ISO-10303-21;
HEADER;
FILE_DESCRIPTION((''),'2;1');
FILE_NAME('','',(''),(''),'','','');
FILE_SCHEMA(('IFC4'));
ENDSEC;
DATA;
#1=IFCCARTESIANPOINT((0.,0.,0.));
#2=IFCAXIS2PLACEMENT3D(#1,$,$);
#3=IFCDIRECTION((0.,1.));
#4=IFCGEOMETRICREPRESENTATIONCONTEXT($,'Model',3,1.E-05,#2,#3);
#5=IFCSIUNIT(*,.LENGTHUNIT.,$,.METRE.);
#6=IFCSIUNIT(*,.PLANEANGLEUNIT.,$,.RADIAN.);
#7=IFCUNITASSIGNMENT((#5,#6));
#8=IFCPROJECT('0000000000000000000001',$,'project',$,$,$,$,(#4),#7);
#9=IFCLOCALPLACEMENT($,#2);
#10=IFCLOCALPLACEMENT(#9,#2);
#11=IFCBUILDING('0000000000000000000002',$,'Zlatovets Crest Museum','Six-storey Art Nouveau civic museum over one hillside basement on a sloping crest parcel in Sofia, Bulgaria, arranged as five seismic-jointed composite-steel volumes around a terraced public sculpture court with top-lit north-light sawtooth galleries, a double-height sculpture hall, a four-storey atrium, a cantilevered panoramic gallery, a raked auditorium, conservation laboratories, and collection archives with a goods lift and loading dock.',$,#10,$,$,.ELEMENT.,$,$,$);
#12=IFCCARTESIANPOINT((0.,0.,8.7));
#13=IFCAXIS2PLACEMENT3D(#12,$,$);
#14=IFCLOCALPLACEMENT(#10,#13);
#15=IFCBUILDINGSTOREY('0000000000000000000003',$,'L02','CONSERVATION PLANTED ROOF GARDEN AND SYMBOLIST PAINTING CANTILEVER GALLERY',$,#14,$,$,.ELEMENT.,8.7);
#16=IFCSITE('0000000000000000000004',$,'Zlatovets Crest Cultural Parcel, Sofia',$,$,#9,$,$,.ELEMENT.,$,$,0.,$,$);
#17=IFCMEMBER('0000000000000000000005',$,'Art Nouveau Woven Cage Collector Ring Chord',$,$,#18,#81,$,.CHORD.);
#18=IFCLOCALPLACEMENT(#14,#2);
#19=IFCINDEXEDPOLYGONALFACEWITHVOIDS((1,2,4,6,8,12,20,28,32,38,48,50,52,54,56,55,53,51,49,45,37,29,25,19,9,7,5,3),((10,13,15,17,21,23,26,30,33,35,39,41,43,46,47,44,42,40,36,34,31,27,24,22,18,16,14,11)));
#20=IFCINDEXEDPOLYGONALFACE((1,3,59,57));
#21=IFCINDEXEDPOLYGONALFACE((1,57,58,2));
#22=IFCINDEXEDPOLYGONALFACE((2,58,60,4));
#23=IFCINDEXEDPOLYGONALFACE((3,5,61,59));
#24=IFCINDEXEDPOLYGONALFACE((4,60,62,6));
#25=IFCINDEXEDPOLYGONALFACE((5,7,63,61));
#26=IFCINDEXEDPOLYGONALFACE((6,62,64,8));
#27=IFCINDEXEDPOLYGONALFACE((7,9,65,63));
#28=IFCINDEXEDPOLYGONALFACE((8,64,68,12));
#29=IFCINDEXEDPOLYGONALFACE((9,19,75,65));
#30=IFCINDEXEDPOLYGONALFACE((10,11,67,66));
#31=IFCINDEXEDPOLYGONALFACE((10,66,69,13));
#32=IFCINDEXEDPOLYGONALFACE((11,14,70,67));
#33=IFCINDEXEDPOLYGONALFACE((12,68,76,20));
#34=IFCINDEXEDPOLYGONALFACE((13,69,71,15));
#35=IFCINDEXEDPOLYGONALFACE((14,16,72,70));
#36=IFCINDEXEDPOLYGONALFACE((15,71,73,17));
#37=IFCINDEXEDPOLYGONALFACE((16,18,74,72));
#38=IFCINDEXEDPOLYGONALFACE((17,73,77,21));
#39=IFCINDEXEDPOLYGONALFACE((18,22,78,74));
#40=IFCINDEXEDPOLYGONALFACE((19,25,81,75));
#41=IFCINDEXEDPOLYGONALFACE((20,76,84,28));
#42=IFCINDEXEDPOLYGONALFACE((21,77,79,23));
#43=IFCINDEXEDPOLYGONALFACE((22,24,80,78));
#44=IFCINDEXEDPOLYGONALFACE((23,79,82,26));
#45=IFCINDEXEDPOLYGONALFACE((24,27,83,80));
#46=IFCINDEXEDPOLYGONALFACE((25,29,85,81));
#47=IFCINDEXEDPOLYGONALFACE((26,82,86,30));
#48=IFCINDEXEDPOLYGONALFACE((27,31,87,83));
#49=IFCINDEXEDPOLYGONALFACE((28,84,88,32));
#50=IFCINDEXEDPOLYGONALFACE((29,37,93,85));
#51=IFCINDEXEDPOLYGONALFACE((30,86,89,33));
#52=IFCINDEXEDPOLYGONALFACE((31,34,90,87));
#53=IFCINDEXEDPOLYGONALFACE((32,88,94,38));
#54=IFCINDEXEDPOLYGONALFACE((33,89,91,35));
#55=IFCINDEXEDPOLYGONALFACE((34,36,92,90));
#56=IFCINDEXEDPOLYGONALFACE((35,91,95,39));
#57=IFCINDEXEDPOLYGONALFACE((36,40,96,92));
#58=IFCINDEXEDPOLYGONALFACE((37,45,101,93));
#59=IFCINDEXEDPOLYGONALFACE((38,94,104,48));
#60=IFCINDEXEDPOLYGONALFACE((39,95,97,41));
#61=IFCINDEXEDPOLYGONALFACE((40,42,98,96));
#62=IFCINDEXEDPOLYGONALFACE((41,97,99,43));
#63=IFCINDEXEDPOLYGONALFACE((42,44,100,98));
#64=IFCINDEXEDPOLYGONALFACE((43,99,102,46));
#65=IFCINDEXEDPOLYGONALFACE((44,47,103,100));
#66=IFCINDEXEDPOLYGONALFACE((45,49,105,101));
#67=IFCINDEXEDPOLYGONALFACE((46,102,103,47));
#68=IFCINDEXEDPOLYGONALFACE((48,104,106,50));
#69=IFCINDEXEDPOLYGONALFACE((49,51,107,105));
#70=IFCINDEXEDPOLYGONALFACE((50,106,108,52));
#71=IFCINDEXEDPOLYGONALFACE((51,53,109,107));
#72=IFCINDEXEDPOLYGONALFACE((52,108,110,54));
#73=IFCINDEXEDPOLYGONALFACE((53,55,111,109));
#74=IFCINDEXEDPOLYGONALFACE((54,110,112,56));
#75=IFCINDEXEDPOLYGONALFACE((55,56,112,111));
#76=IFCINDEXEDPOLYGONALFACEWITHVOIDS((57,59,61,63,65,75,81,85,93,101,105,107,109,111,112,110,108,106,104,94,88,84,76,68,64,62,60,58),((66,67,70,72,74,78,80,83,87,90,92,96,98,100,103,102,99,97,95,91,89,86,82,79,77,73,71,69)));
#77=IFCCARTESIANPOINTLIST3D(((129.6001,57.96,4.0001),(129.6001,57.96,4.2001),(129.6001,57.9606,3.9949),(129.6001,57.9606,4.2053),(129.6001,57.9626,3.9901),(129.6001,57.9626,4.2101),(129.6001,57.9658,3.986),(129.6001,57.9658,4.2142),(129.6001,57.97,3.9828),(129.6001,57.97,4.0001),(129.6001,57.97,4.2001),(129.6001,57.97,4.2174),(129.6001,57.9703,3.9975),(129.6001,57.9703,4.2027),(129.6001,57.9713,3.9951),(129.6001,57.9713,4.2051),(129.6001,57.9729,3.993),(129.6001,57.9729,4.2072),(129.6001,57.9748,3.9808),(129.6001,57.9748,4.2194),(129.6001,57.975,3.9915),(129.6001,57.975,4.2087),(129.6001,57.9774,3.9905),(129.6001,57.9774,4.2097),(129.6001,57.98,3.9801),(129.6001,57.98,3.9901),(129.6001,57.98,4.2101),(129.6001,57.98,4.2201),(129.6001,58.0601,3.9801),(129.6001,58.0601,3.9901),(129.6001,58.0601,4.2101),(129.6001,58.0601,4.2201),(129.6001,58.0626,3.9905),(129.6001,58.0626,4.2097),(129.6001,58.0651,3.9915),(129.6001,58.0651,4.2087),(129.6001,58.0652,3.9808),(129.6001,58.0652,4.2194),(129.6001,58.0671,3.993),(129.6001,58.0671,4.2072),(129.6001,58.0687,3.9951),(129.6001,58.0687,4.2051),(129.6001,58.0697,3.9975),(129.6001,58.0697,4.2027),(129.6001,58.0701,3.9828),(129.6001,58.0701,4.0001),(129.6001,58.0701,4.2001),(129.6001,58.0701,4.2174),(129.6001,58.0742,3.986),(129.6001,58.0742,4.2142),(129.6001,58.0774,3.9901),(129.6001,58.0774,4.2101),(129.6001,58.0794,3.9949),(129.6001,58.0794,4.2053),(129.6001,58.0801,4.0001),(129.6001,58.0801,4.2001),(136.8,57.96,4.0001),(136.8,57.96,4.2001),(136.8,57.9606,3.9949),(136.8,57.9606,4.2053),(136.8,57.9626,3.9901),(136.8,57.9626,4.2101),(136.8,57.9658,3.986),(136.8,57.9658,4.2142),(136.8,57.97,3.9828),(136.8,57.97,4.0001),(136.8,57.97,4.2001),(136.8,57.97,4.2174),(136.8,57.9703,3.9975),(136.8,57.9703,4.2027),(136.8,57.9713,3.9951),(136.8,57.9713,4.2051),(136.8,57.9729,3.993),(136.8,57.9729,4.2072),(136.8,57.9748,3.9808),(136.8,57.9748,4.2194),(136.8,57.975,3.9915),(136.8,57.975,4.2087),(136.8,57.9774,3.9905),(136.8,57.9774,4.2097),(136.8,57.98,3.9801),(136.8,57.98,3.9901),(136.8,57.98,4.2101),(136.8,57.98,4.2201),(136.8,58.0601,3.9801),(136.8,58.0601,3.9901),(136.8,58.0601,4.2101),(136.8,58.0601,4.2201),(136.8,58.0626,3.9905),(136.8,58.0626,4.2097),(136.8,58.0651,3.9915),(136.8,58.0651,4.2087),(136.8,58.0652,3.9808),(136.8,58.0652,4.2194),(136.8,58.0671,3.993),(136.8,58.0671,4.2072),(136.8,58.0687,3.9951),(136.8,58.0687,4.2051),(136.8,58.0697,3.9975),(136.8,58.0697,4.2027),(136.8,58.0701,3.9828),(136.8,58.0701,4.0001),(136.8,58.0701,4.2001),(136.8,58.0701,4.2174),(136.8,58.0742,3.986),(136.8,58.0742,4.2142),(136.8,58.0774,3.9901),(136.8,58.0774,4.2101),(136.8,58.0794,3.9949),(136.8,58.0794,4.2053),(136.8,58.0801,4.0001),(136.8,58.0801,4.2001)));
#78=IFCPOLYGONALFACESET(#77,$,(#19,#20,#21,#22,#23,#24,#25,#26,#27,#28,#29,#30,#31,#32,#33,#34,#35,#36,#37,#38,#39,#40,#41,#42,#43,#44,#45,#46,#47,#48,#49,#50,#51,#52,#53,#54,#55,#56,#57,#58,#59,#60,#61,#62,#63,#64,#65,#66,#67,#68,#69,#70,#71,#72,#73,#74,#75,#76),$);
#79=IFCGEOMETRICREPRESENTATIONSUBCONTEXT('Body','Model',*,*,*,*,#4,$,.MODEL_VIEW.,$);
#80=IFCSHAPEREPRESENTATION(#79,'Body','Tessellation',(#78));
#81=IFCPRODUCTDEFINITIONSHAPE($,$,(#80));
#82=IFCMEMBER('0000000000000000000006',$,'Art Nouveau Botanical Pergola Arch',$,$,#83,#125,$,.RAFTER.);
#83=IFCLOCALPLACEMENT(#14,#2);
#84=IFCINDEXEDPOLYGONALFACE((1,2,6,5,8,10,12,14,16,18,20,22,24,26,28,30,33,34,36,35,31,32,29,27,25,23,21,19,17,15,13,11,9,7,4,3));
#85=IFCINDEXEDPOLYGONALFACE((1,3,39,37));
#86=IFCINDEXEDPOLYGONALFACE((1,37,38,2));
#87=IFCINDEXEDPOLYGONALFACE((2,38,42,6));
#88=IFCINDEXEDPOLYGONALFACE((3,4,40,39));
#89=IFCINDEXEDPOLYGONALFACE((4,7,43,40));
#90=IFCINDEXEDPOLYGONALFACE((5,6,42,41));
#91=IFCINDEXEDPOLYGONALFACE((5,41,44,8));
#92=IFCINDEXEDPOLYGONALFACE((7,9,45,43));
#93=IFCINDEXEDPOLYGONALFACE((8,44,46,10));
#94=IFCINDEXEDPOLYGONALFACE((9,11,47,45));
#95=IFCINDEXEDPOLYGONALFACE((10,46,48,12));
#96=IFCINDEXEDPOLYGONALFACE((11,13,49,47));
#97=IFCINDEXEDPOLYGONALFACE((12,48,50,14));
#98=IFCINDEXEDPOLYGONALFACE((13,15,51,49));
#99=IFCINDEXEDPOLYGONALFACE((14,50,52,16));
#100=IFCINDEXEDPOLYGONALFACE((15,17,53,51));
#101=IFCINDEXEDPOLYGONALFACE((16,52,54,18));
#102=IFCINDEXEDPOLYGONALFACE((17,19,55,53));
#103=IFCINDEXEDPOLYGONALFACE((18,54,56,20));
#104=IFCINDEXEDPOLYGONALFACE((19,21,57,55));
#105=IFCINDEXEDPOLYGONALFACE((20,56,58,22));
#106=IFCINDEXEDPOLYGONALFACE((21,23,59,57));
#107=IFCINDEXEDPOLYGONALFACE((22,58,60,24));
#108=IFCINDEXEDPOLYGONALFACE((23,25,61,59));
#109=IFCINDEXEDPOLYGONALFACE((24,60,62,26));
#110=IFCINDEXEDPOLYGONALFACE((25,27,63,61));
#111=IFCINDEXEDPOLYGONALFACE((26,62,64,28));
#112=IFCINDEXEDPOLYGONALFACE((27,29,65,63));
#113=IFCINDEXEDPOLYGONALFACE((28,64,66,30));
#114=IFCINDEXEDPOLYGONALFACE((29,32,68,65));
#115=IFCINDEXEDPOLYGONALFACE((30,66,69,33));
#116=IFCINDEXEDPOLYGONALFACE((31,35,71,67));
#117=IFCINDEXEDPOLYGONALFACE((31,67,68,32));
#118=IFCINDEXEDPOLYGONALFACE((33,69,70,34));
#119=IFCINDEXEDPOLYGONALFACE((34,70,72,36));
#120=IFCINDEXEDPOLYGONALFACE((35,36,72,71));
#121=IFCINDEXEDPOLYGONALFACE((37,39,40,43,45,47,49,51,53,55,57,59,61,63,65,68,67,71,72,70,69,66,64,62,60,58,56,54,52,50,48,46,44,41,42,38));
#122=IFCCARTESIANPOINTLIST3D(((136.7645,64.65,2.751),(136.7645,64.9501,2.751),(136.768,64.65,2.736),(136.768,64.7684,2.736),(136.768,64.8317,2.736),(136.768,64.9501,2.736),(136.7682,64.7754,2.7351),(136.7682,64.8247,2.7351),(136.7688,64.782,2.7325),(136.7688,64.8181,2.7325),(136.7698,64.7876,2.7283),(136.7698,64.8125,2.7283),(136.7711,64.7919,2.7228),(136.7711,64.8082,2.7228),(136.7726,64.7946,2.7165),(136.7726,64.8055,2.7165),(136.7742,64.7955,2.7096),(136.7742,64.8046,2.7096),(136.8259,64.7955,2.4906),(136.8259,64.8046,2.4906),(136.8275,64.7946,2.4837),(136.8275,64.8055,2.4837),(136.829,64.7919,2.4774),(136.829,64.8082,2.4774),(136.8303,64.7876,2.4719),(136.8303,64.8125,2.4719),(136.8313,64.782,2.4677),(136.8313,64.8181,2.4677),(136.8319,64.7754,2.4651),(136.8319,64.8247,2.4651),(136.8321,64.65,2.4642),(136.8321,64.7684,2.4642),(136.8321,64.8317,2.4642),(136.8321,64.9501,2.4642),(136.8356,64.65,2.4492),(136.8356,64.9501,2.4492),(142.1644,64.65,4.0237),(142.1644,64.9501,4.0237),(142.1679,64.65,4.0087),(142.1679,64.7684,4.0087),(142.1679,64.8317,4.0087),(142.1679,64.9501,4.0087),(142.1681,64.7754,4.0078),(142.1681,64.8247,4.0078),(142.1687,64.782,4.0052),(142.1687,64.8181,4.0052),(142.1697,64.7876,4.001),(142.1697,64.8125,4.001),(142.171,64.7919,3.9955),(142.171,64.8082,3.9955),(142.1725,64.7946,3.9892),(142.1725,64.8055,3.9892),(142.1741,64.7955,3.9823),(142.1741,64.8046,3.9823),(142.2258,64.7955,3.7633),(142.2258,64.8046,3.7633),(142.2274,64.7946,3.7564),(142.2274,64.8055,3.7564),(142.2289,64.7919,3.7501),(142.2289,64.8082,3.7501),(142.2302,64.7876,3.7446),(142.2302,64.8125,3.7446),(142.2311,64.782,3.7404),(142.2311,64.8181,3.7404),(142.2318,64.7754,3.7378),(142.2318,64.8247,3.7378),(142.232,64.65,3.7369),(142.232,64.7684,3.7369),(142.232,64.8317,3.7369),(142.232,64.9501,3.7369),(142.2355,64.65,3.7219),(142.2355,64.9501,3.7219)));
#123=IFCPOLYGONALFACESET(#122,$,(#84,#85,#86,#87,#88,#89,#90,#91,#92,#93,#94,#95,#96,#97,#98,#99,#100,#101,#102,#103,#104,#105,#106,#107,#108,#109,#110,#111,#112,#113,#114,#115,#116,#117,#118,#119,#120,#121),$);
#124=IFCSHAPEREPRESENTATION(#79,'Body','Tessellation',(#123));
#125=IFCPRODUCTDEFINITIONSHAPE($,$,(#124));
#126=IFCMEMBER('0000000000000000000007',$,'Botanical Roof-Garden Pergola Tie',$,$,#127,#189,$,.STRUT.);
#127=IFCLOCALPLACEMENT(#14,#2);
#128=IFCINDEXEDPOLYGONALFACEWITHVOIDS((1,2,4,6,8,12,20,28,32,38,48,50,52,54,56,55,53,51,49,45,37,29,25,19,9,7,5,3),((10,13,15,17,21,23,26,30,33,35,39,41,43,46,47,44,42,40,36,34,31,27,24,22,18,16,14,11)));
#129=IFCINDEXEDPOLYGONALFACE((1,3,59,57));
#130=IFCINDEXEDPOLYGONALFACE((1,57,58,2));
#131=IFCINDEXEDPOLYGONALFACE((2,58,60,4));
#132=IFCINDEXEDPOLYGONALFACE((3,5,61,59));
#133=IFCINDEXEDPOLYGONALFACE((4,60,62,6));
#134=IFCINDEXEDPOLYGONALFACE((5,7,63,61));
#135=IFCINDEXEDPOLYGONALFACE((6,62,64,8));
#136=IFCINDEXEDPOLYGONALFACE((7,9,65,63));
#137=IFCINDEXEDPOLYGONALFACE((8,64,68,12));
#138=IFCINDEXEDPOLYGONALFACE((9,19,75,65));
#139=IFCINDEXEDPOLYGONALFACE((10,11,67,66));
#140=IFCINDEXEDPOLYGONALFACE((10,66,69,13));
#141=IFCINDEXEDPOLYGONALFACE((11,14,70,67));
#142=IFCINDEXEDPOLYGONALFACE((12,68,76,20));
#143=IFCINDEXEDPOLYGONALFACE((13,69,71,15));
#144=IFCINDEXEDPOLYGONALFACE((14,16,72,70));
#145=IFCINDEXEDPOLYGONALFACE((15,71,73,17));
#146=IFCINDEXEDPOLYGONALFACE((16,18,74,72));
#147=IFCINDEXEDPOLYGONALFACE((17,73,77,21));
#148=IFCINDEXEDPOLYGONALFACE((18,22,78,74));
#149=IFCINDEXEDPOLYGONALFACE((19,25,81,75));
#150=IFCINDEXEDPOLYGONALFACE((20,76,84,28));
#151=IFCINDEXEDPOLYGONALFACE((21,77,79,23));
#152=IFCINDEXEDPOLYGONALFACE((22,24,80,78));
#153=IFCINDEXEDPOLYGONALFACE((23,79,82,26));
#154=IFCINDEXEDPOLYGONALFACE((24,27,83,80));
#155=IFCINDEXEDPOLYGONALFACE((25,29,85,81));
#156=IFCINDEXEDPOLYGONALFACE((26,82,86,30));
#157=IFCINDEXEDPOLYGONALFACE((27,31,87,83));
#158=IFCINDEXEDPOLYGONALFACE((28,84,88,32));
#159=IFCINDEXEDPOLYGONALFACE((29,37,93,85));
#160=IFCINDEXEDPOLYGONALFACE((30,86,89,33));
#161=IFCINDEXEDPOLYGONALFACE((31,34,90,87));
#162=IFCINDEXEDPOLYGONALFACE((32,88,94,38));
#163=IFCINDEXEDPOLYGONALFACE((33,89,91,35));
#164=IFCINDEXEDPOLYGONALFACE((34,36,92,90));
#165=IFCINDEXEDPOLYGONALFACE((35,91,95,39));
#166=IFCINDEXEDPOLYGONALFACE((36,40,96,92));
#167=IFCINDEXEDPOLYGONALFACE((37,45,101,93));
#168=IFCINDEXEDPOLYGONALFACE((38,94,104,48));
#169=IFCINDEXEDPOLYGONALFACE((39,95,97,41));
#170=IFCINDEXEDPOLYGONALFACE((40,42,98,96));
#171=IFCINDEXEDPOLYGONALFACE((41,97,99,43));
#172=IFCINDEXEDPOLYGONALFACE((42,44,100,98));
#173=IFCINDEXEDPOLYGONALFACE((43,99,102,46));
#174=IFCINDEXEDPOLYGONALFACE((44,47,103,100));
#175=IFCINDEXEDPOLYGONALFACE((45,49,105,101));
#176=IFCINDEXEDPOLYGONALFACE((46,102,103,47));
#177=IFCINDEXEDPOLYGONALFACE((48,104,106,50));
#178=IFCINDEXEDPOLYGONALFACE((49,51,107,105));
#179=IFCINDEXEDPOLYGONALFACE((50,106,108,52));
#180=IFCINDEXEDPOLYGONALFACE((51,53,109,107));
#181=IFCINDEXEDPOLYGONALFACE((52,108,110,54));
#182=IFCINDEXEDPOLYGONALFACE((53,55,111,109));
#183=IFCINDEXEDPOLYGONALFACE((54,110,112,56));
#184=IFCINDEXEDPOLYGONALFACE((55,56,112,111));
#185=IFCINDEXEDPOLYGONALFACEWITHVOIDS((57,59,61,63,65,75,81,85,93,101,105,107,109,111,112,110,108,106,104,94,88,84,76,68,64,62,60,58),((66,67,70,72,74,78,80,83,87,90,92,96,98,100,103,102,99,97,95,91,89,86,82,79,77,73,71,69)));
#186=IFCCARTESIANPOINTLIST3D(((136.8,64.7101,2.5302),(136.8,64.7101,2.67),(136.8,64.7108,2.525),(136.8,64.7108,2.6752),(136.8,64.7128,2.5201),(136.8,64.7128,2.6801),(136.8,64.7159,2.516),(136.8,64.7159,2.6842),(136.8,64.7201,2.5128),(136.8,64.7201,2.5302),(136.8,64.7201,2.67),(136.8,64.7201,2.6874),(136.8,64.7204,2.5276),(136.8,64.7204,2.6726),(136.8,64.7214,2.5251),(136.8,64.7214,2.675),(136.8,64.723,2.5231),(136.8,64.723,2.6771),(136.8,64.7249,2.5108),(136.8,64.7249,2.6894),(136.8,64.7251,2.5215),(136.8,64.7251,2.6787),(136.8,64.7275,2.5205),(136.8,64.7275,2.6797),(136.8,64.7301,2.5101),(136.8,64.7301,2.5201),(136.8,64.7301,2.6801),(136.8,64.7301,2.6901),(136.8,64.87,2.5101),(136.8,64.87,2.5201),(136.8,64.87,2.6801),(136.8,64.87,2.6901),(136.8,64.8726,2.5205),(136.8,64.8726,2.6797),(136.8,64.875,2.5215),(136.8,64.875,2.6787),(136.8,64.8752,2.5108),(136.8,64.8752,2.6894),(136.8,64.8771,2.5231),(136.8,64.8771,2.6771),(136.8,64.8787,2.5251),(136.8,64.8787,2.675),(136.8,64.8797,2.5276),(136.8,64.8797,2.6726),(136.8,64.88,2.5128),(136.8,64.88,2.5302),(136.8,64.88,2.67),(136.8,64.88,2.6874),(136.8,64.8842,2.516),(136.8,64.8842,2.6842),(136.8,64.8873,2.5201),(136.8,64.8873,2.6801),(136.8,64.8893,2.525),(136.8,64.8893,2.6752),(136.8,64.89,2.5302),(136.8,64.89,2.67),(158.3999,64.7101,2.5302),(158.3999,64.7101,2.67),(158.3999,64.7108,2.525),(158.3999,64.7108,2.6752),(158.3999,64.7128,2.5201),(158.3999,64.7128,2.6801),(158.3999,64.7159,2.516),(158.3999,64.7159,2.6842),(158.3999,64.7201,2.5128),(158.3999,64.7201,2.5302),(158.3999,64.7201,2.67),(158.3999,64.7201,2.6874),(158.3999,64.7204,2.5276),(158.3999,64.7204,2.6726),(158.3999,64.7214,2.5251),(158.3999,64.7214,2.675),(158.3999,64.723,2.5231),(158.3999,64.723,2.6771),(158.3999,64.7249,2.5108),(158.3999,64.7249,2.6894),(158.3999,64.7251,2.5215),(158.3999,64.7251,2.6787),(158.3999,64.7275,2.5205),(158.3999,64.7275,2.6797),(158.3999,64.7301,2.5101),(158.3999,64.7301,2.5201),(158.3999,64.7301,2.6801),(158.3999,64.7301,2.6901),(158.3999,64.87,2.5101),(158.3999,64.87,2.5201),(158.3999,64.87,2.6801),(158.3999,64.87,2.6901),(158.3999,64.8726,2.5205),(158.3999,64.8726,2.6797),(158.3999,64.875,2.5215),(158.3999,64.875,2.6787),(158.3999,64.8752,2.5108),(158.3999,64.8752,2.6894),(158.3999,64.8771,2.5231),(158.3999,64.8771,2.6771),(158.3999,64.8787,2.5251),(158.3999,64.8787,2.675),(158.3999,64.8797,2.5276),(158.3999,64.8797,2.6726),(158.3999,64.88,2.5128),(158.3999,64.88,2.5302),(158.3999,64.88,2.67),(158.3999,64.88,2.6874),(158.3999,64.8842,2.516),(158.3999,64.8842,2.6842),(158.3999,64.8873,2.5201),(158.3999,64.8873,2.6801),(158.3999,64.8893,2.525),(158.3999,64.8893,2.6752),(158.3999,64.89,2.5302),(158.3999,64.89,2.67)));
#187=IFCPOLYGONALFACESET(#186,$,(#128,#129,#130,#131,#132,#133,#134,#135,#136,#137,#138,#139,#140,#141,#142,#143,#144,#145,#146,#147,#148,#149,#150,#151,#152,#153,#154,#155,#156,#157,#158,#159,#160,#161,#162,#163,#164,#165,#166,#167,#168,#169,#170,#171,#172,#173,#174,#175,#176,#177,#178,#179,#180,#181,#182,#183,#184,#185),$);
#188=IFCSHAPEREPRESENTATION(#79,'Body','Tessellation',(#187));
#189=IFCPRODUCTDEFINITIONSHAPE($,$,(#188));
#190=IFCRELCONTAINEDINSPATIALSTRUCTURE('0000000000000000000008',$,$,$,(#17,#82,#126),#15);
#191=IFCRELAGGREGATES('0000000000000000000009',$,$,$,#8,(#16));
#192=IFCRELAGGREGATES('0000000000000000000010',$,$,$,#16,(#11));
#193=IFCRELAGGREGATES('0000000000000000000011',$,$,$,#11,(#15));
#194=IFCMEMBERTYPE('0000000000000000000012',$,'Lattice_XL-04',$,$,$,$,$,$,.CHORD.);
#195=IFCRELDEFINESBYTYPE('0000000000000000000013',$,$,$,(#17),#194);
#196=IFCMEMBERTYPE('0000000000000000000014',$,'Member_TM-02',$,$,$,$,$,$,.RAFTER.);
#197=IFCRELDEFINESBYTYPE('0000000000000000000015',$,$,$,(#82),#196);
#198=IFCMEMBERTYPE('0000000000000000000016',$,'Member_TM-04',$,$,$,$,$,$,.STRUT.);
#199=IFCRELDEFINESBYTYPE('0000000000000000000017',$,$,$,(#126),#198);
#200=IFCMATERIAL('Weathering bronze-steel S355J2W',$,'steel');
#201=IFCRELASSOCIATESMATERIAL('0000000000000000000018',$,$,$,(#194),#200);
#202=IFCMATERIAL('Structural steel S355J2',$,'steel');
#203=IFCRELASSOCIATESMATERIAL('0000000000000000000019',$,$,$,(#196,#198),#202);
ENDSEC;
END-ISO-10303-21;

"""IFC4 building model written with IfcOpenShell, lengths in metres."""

from ifc_helpers import new_model, si_unit, direction, frame, origin, origin_2d, place, context, subcontext, project, spatial, hollow_rectangle, i_section, extrude, material, material_profile, profile_set, type_object, element, save


model = new_model("IFC4")

# Units and contexts
model_context = context("Model", 3, precision=1e-05, world=origin(), true_north=direction((0.0, 1.0)))
body_context = subcontext(model_context, "Body", "Model", "MODEL_VIEW")
ifc_project = project(units=[si_unit("LENGTHUNIT", "METRE"), si_unit("PLANEANGLEUNIT", "RADIAN")], contexts=[model_context])

# Site, building, storey
site_placement = place(None, origin())
site = spatial("IfcSite", under=ifc_project, at=site_placement, Name="Zlatovets Crest Cultural Parcel, Sofia", CompositionType="ELEMENT", RefElevation=0.0)
building_placement = place(site_placement, origin())
building = spatial("IfcBuilding", under=site, at=building_placement, Name="Zlatovets Crest Museum", Description="Six-storey Art Nouveau civic museum over one hillside basement on a sloping crest parcel in Sofia, Bulgaria, arranged as five seismic-jointed composite-steel volumes around a terraced public sculpture court with top-lit north-light sawtooth galleries, a double-height sculpture hall, a four-storey atrium, a cantilevered panoramic gallery, a raked auditorium, conservation laboratories, and collection archives with a goods lift and loading dock.", CompositionType="ELEMENT")
storey_placement = place(building_placement, frame((0.0, 0.0, 8.7)))
storey = spatial("IfcBuildingStorey", under=building, at=storey_placement, Name="L02", Description="CONSERVATION PLANTED ROOF GARDEN AND SYMBOLIST PAINTING CANTILEVER GALLERY", CompositionType="ELEMENT", Elevation=8.7)

# Shared definitions
ifc_material_1 = material(Name="Structural steel S355J2", Category="steel")

# Members
ifc_material_2 = material(Name="Weathering bronze-steel S355J2W", Category="steel")
ifc_material_profile_1 = material_profile(ifc_material_2, hollow_rectangle(XDim=0.1201, YDim=0.24, WallThickness=0.01, InnerFilletRadius=0.01, OuterFilletRadius=0.02, at=origin_2d()), Name="RHS 120x240x10.0")
ifc_profile_set_1 = profile_set([ifc_material_profile_1], Name="Weathering bronze-steel S355J2W")
member_type_1 = type_object("IfcMemberType", Name="Lattice_XL-04", PredefinedType="CHORD", material=ifc_profile_set_1)
member_1_placement = place(storey_placement, frame((136.8, 58.02, 4.1001), z_axis=(-1.0, 0.0, 0.0), x_axis=(0.0, -1.0, 0.0)))
element("IfcMember", 1, at=member_1_placement, inside=storey, type_object=member_type_1, Name="Art Nouveau Woven Cage Collector Ring Chord", PredefinedType="CHORD", context=body_context, shape_type="SweptSolid", body=[
    extrude(hollow_rectangle(XDim=0.1201, YDim=0.24, WallThickness=0.01, InnerFilletRadius=0.01, OuterFilletRadius=0.02, at=origin_2d()), origin(), (0.0, 0.0, 1.0), 7.2),
])
ifc_material_profile_2 = material_profile(ifc_material_1, i_section(OverallWidth=0.3, OverallDepth=0.3101, WebThickness=0.009, FlangeThickness=0.0154, FilletRadius=0.0271, at=origin_2d()), Name="HEA 320")
ifc_profile_set_2 = profile_set([ifc_material_profile_2], Name="Structural steel S355J2")
member_type_2 = type_object("IfcMemberType", Name="Member_TM-02", PredefinedType="RAFTER", material=ifc_profile_set_2)
member_2_placement = place(storey_placement, frame((136.8, 64.8, 2.6001), z_axis=(0.973331, 0.0, 0.229405), x_axis=(0.0, 1.0, 0.0)))
element("IfcMember", 2, at=member_2_placement, inside=storey, type_object=member_type_2, Name="Art Nouveau Botanical Pergola Arch", PredefinedType="RAFTER", context=body_context, shape_type="SweptSolid", body=[
    extrude(i_section(OverallWidth=0.3, OverallDepth=0.3101, WebThickness=0.009, FlangeThickness=0.0154, FilletRadius=0.0271, at=origin_2d()), origin(), (0.0, 0.0, 1.0), 5.5479),
])
ifc_material_profile_3 = material_profile(ifc_material_1, hollow_rectangle(XDim=0.1799, YDim=0.1799, WallThickness=0.01, InnerFilletRadius=0.01, OuterFilletRadius=0.02, at=origin_2d()), Name="SHS 180x180x10.0")
ifc_profile_set_3 = profile_set([ifc_material_profile_3], Name="Structural steel S355J2")
member_type_3 = type_object("IfcMemberType", Name="Member_TM-04", PredefinedType="STRUT", material=ifc_profile_set_3)
member_3_placement = place(storey_placement, frame((136.8, 64.8, 2.6001), z_axis=(1.0, 0.0, 0.0), x_axis=(0.0, 1.0, 0.0)))
element("IfcMember", 3, at=member_3_placement, inside=storey, type_object=member_type_3, Name="Botanical Roof-Garden Pergola Tie", PredefinedType="STRUT", context=body_context, shape_type="SweptSolid", body=[
    extrude(hollow_rectangle(XDim=0.1799, YDim=0.1799, WallThickness=0.01, InnerFilletRadius=0.01, OuterFilletRadius=0.02, at=origin_2d()), origin(), (0.0, 0.0, 1.0), 21.5999),
])

save(model, "model.ifc")
